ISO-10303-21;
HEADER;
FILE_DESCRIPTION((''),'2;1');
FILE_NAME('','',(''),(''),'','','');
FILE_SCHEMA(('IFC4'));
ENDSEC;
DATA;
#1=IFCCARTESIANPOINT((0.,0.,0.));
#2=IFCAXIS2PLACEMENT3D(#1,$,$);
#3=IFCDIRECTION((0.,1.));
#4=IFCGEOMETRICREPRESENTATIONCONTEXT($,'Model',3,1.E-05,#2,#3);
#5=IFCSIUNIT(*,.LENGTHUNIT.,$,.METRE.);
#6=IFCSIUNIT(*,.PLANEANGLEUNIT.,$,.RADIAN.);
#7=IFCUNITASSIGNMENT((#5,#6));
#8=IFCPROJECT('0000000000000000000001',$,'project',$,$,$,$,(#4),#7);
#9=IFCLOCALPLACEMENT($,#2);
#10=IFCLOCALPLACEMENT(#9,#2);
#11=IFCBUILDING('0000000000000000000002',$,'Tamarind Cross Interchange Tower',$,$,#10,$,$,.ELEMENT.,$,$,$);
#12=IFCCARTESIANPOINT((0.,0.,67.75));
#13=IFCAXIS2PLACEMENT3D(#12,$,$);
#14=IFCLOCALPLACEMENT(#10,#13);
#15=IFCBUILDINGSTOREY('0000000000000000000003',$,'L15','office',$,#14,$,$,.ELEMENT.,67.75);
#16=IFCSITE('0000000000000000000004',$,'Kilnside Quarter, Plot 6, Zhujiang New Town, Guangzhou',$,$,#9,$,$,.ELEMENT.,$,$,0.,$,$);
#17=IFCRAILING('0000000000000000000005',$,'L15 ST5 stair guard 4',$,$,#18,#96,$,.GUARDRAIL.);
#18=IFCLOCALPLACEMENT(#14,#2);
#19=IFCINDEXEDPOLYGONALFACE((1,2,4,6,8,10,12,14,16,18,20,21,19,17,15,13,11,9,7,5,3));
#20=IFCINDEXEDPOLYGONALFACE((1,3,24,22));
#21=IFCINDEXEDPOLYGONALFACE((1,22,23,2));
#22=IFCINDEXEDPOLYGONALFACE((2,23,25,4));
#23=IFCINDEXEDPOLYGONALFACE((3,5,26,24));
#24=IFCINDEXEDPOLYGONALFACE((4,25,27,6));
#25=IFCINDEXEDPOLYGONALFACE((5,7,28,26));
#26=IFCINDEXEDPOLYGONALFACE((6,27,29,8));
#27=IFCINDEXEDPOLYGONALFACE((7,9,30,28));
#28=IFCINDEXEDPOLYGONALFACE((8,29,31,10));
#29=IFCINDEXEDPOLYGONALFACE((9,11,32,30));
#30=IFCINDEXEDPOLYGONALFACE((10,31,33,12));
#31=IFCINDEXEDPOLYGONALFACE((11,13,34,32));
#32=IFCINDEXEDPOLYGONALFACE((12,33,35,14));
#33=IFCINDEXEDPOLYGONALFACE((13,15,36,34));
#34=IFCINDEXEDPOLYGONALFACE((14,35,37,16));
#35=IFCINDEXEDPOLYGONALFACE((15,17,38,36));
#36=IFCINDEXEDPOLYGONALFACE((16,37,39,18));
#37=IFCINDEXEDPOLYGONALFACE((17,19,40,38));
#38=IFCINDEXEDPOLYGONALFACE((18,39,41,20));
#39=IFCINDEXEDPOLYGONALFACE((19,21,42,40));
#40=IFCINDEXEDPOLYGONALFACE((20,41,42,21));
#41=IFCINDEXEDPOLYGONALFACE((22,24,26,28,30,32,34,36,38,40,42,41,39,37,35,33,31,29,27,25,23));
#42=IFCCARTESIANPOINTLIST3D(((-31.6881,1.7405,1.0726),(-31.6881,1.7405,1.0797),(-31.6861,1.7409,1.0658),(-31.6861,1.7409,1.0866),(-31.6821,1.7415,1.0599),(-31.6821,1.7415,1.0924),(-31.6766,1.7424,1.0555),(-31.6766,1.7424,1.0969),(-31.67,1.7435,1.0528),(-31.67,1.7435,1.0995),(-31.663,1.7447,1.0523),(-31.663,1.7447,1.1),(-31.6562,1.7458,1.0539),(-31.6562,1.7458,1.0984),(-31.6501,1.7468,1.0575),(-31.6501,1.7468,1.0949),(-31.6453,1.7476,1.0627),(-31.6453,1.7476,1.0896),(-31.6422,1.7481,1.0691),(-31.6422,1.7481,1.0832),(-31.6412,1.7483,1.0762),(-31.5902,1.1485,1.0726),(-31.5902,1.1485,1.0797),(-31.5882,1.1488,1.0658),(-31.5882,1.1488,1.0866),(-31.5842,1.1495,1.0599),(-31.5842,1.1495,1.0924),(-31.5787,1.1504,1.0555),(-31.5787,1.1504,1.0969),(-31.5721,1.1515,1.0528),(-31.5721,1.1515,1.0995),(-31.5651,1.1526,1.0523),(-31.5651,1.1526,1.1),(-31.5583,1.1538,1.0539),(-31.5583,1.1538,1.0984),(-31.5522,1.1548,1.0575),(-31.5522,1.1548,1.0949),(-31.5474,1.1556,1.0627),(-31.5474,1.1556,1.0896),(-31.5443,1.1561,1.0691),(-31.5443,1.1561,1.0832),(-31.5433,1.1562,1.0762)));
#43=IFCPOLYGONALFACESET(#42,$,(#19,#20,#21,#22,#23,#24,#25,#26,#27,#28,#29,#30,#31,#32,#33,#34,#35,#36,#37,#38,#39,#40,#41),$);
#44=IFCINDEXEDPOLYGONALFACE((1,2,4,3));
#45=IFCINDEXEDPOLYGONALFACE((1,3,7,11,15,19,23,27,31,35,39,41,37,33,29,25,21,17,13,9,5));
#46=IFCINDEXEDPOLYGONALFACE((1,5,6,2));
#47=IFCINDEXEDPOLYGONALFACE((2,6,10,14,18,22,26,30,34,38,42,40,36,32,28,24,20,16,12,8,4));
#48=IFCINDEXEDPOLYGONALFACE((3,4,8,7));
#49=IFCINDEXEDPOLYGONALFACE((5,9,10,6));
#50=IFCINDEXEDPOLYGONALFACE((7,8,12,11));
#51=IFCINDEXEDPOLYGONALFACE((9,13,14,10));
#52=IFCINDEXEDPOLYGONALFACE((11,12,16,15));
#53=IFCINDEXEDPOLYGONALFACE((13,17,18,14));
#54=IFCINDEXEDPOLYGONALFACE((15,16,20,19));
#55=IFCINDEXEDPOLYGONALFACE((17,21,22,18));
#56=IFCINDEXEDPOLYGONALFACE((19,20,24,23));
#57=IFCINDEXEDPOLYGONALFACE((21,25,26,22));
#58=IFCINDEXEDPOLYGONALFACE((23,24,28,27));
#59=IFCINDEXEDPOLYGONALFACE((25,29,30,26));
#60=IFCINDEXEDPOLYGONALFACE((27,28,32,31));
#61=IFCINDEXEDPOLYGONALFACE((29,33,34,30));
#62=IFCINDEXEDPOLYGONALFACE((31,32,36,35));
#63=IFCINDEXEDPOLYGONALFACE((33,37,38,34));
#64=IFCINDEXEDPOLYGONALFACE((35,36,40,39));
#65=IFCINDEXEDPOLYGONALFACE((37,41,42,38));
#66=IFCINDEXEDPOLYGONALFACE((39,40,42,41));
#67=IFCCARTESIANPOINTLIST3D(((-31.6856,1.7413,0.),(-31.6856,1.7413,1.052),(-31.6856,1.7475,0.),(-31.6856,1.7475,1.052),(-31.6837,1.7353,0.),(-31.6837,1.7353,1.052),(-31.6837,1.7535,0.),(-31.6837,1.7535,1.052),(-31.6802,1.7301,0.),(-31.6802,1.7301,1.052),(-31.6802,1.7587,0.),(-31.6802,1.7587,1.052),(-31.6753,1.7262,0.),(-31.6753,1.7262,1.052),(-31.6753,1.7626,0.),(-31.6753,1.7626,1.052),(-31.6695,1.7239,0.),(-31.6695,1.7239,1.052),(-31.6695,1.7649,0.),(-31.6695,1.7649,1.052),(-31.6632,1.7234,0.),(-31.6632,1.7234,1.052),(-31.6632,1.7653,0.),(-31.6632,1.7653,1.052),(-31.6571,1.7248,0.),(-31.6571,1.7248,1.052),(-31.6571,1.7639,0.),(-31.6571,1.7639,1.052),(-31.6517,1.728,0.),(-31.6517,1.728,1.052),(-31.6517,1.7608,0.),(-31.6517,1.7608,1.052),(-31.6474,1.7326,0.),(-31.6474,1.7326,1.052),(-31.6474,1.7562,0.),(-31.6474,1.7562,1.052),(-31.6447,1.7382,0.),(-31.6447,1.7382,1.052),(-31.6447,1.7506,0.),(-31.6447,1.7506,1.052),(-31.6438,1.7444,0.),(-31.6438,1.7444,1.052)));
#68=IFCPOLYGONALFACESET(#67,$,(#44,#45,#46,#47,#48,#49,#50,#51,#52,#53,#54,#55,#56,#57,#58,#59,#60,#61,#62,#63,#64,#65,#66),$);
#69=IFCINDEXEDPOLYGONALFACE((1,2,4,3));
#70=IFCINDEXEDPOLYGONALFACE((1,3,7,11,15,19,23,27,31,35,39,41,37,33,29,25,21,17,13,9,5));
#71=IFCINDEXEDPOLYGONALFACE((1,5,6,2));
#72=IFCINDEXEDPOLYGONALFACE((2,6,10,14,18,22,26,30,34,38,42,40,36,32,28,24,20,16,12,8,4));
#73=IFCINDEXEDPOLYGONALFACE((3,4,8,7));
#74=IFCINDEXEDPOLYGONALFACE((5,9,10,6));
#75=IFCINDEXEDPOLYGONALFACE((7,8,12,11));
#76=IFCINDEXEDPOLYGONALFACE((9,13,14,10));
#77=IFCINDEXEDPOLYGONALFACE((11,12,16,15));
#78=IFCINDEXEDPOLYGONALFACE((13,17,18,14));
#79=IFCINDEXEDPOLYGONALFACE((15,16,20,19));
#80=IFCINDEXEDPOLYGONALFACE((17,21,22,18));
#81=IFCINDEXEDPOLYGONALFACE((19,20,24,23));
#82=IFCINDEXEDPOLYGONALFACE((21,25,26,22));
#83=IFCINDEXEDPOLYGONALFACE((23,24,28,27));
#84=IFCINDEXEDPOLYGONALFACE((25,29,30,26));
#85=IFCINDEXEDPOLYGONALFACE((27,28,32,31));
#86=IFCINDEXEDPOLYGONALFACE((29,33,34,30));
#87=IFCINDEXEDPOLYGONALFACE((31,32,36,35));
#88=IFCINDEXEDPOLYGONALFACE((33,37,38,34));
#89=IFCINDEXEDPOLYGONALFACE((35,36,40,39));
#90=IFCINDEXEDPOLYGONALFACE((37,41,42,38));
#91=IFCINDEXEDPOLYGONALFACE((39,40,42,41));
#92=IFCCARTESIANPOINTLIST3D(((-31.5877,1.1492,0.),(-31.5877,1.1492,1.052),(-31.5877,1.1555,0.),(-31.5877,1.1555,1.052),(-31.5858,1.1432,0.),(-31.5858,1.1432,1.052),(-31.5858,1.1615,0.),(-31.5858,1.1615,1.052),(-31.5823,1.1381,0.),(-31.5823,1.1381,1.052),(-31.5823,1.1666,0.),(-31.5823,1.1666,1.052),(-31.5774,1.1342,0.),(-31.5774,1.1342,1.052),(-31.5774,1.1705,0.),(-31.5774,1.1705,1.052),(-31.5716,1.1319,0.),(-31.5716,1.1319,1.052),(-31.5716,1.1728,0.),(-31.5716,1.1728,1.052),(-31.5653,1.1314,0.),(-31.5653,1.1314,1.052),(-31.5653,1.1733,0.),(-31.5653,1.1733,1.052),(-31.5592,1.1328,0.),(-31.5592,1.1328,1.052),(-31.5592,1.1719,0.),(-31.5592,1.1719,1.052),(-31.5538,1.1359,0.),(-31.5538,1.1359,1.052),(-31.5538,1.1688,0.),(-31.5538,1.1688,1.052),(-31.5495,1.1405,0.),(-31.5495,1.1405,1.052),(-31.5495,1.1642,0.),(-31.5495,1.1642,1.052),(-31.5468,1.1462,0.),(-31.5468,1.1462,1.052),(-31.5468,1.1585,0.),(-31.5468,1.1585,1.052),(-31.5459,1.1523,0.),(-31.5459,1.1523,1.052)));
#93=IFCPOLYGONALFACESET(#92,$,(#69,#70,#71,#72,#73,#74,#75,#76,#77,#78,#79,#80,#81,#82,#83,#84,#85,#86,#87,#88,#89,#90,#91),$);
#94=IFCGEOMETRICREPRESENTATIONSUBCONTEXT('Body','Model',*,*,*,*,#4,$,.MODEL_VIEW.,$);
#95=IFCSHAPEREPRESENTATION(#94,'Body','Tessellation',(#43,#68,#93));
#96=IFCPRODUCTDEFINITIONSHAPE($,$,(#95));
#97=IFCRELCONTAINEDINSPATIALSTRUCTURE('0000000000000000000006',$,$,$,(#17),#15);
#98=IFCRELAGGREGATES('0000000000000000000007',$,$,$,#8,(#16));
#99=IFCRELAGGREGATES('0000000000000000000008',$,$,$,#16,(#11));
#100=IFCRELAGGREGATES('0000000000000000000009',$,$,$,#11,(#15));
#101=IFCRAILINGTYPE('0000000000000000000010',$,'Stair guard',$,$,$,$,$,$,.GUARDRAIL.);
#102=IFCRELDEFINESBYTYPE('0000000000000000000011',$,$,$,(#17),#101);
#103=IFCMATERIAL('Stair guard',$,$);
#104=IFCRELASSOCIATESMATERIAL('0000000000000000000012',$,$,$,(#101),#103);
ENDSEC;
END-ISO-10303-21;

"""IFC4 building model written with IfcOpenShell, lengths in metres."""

from ifc_helpers import new_model, si_unit, direction, frame, origin, origin_2d, place, context, subcontext, project, spatial, circle, extrude, material, type_object, element, save


model = new_model("IFC4")

# Units and contexts
model_context = context("Model", 3, precision=1e-05, world=origin(), true_north=direction((0.0, 1.0)))
body_context = subcontext(model_context, "Body", "Model", "MODEL_VIEW")
ifc_project = project(units=[si_unit("LENGTHUNIT", "METRE"), si_unit("PLANEANGLEUNIT", "RADIAN")], contexts=[model_context])

# Site, building, storey
site_placement = place(None, origin())
site = spatial("IfcSite", under=ifc_project, at=site_placement, Name="Kilnside Quarter, Plot 6, Zhujiang New Town, Guangzhou", CompositionType="ELEMENT", RefElevation=0.0)
building_placement = place(site_placement, origin())
building = spatial("IfcBuilding", under=site, at=building_placement, Name="Tamarind Cross Interchange Tower", CompositionType="ELEMENT")
storey_placement = place(building_placement, frame((0.0, 0.0, 67.75)))
storey = spatial("IfcBuildingStorey", under=building, at=storey_placement, Name="L15", Description="office", CompositionType="ELEMENT", Elevation=67.75)

# Railing
ifc_material_1 = material(Name="Stair guard")
railing_type_1 = type_object("IfcRailingType", Name="Stair guard", PredefinedType="GUARDRAIL", material=ifc_material_1)
railing_1_placement = place(storey_placement, frame((-31.6648, 1.7444, 0.0)))
element("IfcRailing", 1, at=railing_1_placement, inside=storey, type_object=railing_type_1, Name="L15 ST5 stair guard 4", PredefinedType="GUARDRAIL", context=body_context, shape_type="SweptSolid", body=[
    extrude(circle(Radius=0.0239, at=origin_2d()), frame((0.0, 0.0, 1.0762), z_axis=(0.163145, -0.986602, 0.0), x_axis=(0.986602, 0.163145, 0.0)), (0.0, 0.0, 1.0), 0.6001),
    extrude(circle(Radius=0.021, at=origin_2d()), origin(), (0.0, 0.0, 1.0), 1.052),
    extrude(circle(Radius=0.021, at=origin_2d()), frame((0.0979, -0.592, 0.0)), (0.0, 0.0, 1.0), 1.052),
])

save(model, "model.ifc")
